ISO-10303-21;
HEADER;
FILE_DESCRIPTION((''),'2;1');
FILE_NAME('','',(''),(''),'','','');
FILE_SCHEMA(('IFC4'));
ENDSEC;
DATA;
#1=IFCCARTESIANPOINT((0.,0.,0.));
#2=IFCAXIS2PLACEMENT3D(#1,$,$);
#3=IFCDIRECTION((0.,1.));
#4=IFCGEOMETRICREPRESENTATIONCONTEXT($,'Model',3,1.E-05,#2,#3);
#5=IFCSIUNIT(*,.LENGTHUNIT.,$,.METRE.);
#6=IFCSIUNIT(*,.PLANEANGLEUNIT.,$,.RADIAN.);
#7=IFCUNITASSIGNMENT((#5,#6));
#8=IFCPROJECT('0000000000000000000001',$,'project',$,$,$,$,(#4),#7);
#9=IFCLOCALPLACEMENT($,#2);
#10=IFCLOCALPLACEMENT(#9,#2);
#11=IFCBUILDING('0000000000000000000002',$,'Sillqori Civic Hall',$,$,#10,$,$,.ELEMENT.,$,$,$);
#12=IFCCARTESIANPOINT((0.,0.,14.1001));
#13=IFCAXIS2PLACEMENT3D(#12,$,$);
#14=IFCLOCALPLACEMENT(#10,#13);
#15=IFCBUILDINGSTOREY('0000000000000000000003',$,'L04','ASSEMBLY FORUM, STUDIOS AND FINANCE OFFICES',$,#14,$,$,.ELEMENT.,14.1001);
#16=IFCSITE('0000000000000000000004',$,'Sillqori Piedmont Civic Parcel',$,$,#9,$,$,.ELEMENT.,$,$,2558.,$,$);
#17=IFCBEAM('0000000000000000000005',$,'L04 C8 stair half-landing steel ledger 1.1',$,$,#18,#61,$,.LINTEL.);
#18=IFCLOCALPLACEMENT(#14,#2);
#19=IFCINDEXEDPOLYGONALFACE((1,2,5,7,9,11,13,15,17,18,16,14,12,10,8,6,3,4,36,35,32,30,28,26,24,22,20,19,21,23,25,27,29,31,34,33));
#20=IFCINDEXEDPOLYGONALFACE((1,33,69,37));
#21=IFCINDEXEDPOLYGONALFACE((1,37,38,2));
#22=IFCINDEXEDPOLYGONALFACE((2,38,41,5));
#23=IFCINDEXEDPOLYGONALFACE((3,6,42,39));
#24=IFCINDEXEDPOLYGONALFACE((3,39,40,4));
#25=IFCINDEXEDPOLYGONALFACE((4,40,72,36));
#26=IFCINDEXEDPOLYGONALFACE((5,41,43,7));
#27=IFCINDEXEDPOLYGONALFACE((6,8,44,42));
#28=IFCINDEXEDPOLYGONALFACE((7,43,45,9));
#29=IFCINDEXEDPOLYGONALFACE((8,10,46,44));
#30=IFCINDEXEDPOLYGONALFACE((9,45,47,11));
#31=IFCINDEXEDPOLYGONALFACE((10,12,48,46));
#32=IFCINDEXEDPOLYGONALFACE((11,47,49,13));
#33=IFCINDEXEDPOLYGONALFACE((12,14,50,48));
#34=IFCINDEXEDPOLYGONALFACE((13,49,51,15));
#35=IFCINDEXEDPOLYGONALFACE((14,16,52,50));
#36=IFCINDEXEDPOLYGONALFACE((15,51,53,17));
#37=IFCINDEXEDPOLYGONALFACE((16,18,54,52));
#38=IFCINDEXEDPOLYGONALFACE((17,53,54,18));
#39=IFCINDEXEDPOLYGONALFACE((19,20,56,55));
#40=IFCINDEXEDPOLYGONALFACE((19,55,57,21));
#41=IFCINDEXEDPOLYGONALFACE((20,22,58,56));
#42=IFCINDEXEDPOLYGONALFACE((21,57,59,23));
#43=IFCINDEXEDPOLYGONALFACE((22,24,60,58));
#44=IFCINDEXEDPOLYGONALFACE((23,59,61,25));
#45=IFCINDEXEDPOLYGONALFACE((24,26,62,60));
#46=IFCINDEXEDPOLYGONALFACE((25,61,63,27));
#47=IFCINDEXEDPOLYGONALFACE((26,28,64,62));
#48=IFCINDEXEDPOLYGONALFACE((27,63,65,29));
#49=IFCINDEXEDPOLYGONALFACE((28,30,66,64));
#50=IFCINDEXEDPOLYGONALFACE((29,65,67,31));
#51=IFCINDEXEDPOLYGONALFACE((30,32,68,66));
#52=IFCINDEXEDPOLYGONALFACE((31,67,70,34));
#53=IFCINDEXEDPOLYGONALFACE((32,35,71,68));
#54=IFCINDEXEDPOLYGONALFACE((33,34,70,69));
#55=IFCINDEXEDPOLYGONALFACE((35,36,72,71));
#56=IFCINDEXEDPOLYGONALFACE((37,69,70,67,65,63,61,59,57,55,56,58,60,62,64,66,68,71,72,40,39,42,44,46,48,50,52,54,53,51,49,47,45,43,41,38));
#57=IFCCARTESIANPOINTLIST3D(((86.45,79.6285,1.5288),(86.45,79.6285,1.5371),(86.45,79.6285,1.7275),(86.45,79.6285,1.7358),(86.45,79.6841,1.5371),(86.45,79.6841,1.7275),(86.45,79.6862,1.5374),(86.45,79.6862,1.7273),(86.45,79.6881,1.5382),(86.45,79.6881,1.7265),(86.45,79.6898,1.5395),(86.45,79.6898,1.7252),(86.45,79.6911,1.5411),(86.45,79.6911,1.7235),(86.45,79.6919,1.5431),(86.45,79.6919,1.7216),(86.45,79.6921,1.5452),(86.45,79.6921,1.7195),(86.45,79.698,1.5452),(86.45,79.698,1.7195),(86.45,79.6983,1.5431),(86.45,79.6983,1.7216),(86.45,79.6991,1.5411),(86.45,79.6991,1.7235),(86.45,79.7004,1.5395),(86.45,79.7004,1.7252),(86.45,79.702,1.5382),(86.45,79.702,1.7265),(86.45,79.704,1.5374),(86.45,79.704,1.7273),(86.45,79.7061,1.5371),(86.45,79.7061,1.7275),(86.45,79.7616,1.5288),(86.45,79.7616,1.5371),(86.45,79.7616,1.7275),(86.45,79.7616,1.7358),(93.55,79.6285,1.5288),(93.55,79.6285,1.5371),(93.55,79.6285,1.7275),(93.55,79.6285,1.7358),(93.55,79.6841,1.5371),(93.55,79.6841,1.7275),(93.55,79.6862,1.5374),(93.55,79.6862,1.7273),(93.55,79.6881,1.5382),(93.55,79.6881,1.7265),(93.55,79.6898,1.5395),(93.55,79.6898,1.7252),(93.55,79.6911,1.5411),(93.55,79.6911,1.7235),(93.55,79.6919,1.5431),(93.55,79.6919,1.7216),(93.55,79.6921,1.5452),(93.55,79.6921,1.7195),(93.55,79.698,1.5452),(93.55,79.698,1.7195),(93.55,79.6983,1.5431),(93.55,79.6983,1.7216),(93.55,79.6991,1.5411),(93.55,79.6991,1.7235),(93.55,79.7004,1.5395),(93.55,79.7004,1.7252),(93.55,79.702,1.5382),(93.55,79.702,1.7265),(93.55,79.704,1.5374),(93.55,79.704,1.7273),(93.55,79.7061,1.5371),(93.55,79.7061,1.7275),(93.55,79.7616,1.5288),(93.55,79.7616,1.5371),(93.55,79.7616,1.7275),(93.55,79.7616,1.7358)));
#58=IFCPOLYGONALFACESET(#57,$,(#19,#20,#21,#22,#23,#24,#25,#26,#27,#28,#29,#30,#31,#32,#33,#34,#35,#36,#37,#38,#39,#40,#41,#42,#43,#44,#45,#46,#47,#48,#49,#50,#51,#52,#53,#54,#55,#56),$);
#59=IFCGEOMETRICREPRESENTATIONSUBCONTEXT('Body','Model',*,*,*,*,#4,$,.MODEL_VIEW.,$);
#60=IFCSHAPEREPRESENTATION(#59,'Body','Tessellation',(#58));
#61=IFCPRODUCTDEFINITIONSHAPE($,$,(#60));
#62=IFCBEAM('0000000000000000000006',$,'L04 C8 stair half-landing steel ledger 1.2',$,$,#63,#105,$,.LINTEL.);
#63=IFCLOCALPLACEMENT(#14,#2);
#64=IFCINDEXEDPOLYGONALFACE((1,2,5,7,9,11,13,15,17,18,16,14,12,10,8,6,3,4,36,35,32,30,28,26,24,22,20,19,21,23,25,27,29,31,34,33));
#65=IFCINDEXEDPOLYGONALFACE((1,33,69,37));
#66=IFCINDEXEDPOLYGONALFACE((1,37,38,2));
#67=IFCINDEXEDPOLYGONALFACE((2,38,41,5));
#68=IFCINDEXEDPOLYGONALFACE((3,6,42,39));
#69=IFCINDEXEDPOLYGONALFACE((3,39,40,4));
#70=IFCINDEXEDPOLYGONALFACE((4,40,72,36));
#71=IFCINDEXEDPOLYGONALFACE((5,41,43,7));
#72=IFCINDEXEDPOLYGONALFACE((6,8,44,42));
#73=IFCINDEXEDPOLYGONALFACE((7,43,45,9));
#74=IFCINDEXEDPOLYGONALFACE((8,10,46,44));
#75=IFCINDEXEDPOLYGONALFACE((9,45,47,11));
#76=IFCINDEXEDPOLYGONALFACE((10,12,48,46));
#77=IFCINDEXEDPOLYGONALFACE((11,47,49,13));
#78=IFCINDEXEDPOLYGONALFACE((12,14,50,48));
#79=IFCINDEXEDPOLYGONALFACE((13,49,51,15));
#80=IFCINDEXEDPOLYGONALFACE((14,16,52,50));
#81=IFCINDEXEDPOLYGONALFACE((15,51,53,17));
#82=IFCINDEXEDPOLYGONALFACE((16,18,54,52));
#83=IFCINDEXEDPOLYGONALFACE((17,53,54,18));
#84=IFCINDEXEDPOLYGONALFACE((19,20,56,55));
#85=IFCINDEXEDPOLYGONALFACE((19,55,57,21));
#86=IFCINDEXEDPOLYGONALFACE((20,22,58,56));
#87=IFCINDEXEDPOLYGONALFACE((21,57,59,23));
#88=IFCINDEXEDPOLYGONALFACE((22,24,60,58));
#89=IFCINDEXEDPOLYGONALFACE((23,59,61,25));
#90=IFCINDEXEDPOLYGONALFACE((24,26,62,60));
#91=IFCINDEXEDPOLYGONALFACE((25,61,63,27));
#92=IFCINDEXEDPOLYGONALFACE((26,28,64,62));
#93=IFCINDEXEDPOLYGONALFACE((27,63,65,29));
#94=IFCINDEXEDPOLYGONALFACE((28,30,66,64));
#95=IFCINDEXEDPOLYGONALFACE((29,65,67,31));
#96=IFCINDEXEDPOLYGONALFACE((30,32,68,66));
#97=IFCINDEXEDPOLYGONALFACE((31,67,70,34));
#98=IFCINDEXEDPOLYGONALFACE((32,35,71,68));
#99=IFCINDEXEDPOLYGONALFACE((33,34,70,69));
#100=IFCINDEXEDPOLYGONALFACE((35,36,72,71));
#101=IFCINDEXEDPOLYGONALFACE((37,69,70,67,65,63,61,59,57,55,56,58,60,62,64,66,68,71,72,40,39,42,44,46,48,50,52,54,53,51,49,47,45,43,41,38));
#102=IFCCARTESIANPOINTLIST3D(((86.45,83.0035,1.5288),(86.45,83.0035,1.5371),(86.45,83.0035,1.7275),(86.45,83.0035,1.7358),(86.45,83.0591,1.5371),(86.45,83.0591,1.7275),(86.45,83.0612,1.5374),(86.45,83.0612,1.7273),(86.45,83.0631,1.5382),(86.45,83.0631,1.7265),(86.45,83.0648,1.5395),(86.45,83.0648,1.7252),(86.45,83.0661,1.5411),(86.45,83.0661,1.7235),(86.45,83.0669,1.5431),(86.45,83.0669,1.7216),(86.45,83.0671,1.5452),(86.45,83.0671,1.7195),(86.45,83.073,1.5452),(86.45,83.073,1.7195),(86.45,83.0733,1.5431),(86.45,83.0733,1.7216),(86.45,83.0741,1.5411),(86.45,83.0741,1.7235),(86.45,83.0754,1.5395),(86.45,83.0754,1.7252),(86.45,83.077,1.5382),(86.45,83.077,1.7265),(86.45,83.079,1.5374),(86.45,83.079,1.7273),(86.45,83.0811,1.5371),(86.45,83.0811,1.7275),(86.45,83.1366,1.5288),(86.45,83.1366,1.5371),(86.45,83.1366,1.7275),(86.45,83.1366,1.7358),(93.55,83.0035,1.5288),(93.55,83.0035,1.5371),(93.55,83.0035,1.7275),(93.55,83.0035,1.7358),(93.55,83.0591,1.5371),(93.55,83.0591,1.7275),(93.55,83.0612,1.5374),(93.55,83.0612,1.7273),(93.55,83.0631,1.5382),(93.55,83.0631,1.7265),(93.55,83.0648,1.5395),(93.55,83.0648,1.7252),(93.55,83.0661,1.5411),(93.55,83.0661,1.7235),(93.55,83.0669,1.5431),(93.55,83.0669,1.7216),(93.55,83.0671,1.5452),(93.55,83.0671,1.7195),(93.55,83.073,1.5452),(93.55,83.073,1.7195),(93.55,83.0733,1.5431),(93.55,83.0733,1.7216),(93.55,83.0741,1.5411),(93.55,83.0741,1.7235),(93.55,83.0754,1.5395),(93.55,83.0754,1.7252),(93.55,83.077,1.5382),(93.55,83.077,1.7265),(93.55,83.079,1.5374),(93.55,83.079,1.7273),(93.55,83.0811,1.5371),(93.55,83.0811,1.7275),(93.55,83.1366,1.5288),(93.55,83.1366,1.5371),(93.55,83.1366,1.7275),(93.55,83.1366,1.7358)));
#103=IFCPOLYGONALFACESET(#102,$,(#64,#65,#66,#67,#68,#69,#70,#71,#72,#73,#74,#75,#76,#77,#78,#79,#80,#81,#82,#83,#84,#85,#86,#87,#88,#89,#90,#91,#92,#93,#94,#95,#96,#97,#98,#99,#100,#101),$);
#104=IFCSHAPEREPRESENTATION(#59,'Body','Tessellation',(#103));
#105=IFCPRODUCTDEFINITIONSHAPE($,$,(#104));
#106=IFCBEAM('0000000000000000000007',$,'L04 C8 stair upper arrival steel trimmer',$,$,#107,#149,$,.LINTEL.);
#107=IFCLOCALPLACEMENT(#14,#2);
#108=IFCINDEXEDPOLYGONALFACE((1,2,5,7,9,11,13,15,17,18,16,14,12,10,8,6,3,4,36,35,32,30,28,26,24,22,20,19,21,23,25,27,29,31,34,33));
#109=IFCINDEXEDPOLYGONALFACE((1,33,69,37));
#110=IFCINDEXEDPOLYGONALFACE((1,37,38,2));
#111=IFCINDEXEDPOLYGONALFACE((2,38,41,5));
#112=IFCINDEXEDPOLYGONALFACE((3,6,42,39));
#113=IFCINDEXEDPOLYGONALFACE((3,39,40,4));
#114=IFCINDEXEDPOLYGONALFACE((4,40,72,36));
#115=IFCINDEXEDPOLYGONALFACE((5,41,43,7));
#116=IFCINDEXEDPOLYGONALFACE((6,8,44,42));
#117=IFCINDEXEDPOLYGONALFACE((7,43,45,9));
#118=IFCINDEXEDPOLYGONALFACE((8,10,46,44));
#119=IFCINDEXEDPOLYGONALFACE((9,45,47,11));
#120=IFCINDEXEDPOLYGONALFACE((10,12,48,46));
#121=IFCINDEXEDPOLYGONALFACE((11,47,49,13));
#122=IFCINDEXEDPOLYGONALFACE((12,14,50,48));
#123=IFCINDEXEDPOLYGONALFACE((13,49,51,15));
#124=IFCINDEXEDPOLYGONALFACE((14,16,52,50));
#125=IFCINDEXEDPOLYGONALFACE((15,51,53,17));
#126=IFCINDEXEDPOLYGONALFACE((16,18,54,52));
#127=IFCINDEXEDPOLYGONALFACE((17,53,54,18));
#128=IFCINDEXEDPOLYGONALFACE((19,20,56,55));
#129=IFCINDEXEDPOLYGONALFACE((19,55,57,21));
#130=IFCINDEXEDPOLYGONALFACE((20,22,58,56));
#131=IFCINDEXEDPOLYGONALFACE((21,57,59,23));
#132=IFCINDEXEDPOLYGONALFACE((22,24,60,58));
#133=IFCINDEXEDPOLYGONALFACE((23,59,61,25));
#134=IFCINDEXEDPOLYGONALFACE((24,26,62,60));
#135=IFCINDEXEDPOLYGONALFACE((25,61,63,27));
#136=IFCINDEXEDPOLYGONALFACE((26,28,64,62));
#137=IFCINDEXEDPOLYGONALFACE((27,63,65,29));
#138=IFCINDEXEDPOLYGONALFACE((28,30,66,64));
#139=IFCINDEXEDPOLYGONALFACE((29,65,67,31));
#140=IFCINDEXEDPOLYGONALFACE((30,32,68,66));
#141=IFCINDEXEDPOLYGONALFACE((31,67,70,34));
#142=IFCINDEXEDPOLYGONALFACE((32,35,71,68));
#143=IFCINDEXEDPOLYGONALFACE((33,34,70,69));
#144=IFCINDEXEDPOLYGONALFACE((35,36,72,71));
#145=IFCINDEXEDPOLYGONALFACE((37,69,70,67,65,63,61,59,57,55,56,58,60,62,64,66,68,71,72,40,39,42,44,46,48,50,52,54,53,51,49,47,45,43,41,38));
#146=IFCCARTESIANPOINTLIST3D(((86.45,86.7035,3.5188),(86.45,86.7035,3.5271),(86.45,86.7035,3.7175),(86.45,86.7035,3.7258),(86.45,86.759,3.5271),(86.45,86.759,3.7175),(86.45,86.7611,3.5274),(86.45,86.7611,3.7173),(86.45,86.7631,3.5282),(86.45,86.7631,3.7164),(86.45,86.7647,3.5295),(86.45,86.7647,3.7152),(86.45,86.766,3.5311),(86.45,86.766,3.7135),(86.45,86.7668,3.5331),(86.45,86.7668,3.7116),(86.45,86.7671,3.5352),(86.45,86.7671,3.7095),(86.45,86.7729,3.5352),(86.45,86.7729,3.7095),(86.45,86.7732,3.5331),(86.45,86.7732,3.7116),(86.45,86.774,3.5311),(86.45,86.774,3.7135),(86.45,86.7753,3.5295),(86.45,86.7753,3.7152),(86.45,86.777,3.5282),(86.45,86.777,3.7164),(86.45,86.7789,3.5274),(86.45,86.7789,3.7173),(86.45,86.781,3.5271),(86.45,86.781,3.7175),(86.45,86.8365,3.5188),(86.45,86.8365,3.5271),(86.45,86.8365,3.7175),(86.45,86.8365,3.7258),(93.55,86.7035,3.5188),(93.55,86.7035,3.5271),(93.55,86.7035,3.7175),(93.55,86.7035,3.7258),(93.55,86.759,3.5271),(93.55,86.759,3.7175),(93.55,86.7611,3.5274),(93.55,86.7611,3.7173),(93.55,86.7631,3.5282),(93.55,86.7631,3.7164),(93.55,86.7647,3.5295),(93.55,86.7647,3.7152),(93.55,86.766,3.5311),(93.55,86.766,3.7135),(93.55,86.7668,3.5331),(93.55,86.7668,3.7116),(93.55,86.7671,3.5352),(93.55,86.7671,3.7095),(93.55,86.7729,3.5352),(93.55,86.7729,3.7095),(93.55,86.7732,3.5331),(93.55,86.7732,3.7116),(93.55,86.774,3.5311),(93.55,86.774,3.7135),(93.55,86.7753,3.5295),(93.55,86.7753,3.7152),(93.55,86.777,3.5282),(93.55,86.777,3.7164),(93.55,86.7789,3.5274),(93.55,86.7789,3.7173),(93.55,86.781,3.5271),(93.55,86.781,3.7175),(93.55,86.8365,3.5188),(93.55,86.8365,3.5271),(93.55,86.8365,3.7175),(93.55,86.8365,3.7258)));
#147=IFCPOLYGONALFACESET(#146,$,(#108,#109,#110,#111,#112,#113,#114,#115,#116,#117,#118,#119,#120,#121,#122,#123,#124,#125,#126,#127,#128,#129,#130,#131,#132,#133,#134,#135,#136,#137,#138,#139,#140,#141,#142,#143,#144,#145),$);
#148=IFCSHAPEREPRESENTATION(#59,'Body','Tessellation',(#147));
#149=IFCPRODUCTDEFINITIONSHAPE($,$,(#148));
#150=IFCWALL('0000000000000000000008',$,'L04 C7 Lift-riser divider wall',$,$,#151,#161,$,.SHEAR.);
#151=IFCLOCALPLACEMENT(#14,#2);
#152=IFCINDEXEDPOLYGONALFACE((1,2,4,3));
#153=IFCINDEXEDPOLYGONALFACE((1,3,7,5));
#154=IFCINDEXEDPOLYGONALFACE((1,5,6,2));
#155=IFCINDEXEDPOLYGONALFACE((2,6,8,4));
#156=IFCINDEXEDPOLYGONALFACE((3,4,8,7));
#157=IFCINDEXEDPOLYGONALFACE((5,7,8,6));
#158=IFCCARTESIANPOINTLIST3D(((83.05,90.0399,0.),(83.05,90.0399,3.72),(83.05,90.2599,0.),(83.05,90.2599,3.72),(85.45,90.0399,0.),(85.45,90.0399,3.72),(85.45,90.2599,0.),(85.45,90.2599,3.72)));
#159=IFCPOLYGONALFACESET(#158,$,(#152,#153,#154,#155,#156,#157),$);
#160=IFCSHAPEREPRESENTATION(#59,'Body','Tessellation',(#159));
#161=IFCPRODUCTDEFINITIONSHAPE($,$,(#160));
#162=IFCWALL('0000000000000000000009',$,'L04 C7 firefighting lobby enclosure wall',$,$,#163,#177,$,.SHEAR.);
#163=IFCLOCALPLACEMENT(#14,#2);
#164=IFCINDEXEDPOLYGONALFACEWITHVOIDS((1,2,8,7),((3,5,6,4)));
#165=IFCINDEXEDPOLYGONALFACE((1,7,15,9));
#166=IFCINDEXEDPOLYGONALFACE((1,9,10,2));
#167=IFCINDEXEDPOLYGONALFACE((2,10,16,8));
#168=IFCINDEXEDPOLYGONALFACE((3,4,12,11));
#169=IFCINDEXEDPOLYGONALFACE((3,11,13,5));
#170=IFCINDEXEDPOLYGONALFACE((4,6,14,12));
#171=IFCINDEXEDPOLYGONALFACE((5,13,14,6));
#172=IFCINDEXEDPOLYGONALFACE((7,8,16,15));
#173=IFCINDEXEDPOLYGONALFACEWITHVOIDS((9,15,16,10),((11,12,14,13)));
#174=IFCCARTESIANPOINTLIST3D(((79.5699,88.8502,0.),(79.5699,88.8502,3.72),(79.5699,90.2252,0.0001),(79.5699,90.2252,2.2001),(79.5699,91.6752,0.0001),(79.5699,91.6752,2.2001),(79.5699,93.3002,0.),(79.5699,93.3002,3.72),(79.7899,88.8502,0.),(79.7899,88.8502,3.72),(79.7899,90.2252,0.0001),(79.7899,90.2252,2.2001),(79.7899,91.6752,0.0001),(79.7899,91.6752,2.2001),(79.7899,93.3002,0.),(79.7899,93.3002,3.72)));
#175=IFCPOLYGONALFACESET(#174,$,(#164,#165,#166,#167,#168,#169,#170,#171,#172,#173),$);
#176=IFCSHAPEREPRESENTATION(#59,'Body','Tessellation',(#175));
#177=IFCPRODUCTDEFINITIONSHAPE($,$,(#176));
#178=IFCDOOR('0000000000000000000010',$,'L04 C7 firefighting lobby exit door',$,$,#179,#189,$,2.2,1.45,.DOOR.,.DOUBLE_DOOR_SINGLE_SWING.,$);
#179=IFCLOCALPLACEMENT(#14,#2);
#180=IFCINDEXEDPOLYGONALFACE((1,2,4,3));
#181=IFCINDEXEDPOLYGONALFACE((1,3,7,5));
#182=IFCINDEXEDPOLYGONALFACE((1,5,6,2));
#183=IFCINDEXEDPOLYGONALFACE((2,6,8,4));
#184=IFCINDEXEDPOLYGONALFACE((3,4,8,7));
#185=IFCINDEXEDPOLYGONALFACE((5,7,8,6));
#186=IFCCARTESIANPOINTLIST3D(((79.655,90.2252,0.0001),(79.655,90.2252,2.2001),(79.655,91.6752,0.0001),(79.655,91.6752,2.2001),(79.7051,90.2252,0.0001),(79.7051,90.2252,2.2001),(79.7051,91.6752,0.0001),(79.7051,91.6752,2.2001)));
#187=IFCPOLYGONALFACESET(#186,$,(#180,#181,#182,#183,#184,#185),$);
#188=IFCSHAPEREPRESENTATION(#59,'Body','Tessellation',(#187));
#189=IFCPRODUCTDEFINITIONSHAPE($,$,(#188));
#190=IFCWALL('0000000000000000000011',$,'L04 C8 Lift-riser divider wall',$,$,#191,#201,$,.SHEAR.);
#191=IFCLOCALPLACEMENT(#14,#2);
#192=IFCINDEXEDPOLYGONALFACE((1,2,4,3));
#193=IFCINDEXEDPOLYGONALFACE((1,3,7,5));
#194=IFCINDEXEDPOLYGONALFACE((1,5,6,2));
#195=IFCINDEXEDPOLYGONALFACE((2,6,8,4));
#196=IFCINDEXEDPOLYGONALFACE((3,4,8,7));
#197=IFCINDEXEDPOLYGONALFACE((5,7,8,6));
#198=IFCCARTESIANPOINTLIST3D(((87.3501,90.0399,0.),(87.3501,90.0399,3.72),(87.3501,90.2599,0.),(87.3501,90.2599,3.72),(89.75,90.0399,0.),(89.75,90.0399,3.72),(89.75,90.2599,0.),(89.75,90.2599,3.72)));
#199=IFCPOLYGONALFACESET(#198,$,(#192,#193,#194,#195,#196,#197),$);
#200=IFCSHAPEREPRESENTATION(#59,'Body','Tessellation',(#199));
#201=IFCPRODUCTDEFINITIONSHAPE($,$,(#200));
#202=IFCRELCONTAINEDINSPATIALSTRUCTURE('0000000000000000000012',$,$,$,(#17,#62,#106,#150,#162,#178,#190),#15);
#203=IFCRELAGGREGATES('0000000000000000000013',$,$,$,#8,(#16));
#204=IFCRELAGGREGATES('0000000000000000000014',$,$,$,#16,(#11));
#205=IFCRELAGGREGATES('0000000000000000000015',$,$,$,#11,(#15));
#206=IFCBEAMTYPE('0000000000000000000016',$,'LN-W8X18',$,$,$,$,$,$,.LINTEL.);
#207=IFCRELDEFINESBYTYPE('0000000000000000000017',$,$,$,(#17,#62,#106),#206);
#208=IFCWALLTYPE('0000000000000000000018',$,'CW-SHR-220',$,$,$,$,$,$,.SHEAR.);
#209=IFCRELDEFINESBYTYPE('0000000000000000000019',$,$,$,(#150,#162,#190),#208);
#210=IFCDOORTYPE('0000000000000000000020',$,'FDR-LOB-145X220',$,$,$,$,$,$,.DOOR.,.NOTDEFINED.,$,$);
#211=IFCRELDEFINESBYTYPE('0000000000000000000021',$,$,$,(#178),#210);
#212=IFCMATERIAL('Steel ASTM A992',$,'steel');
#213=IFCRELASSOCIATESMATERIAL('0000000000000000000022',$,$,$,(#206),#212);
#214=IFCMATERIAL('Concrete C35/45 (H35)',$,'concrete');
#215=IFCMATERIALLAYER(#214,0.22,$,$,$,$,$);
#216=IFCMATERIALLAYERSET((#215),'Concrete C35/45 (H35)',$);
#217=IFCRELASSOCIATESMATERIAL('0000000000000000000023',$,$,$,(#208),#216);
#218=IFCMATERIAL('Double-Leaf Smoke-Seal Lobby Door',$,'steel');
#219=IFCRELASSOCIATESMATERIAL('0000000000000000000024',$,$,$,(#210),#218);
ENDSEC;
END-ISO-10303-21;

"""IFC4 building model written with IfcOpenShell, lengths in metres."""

from ifc_helpers import new_model, si_unit, direction, frame, frame_2d, origin, origin_2d, place, context, subcontext, project, spatial, rectangle, i_section, extrude, material, layer, layer_set, material_profile, profile_set, type_object, element, fill, save


model = new_model("IFC4")

# Units and contexts
model_context = context("Model", 3, precision=1e-05, world=origin(), true_north=direction((0.0, 1.0)))
body_context = subcontext(model_context, "Body", "Model", "MODEL_VIEW")
ifc_project = project(units=[si_unit("LENGTHUNIT", "METRE"), si_unit("PLANEANGLEUNIT", "RADIAN")], contexts=[model_context])

# Site, building, storey
site_placement = place(None, origin())
site = spatial("IfcSite", under=ifc_project, at=site_placement, Name="Sillqori Piedmont Civic Parcel", CompositionType="ELEMENT", RefElevation=2558.0)
building_placement = place(site_placement, origin())
building = spatial("IfcBuilding", under=site, at=building_placement, Name="Sillqori Civic Hall", CompositionType="ELEMENT")
storey_placement = place(building_placement, frame((0.0, 0.0, 14.1001)))
storey = spatial("IfcBuildingStorey", under=building, at=storey_placement, Name="L04", Description="ASSEMBLY FORUM, STUDIOS AND FINANCE OFFICES", CompositionType="ELEMENT", Elevation=14.1001)

# Shared definitions
ifc_material_1 = material(Name="Steel ASTM A992", Category="steel")

# Beams
ifc_material_profile_1 = material_profile(ifc_material_1, i_section(OverallWidth=0.1331, OverallDepth=0.207, WebThickness=0.0059, FlangeThickness=0.0083, FilletRadius=0.0081, at=origin_2d()), Name="W8X18")
ifc_profile_set_1 = profile_set([ifc_material_profile_1], Name="Steel ASTM A992")
beam_type_1 = type_object("IfcBeamType", Name="LN-W8X18", PredefinedType="LINTEL", material=ifc_profile_set_1)
for number, where, z_axis, x_axis, name in (
    (1, (86.45, 79.6951, 1.6323), (1.0, 0.0, 0.0), (0.0, 1.0, 0.0), "L04 C8 stair half-landing steel ledger 1.1"),
    (2, (86.45, 83.0701, 1.6323), (1.0, 0.0, 0.0), (0.0, 1.0, 0.0), "L04 C8 stair half-landing steel ledger 1.2"),
    (3, (86.45, 86.77, 3.6223), (1.0, 0.0, 0.0), (0.0, 1.0, 0.0), "L04 C8 stair upper arrival steel trimmer"),
):
    element("IfcBeam", number, at=place(storey_placement, frame(where, z_axis=z_axis, x_axis=x_axis)), inside=storey, type_object=beam_type_1, Name=name, PredefinedType="LINTEL", context=body_context, shape_type="SweptSolid", body=[
        extrude(i_section(OverallWidth=0.1331, OverallDepth=0.207, WebThickness=0.0059, FlangeThickness=0.0083, FilletRadius=0.0081, at=origin_2d()), origin(), (0.0, 0.0, 1.0), 7.1001),
    ])

# Wall
ifc_material_2 = material(Name="Concrete C35/45 (H35)", Category="concrete")
ifc_layer_1 = layer(ifc_material_2, 0.22)
ifc_layer_set_1 = layer_set([ifc_layer_1], Name="Concrete C35/45 (H35)")
wall_type_1 = type_object("IfcWallType", Name="CW-SHR-220", PredefinedType="SHEAR", material=ifc_layer_set_1)
wall_1_placement = place(storey_placement, frame((83.05, 90.1499, 0.0), z_axis=(0.0, 0.0, 1.0), x_axis=(1.0, 0.0, 0.0)))
element("IfcWall", 4, at=wall_1_placement, inside=storey, type_object=wall_type_1, Name="L04 C7 Lift-riser divider wall", PredefinedType="SHEAR", context=body_context, shape_type="SweptSolid", body=[
    extrude(rectangle(XDim=2.3999, YDim=0.22, at=frame_2d((1.2, 0.0))), origin(), (0.0, 0.0, 1.0), 3.72),
])

# Wall, opening, door
wall_2_placement = place(storey_placement, frame((79.6799, 88.8501, 0.0), z_axis=(0.0, 0.0, 1.0), x_axis=(0.0, 1.0, 0.0)))
wall_2 = element("IfcWall", 5, at=wall_2_placement, inside=storey, type_object=wall_type_1, Name="L04 C7 firefighting lobby enclosure wall", PredefinedType="SHEAR", context=body_context, shape_type="SweptSolid", body=[
    extrude(rectangle(XDim=4.45, YDim=0.22, at=frame_2d((2.2251, 0.0))), origin(), (0.0, 0.0, 1.0), 3.72),
])
opening_1_placement = place(wall_2_placement, frame((1.375, 0.0, 0.0)))
opening_1 = element("IfcOpeningElement", 6, at=opening_1_placement, cuts=wall_2, PredefinedType="OPENING", context=body_context, shape_type="SweptSolid", body=[
    extrude(rectangle(XDim=1.45, YDim=2.2, at=frame_2d((0.7251, 1.1001))), frame((0.0, 0.1199, 0.0), z_axis=(0.0, -1.0, 0.0), x_axis=(1.0, 0.0, 0.0)), (0.0, 0.0, 1.0), 0.24),
])
ifc_material_3 = material(Name="Double-Leaf Smoke-Seal Lobby Door", Category="steel")
door_type_1 = type_object("IfcDoorType", Name="FDR-LOB-145X220", OperationType="NOTDEFINED", PredefinedType="DOOR", material=ifc_material_3)
door_1_placement = place(opening_1_placement, origin())
door_1 = element("IfcDoor", 7, at=door_1_placement, inside=storey, type_object=door_type_1, Name="L04 C7 firefighting lobby exit door", OperationType="DOUBLE_DOOR_SINGLE_SWING", OverallHeight=2.2, OverallWidth=1.45, PredefinedType="DOOR", context=body_context, shape_type="SweptSolid", body=[
    extrude(rectangle(XDim=1.45, YDim=2.2, at=frame_2d((0.7251, 1.1001))), frame((0.0, 0.0249, 0.0), z_axis=(0.0, -1.0, 0.0), x_axis=(1.0, 0.0, 0.0)), (0.0, 0.0, 1.0), 0.05),
])
fill(opening_1, door_1)

# Wall
wall_3_placement = place(storey_placement, frame((87.3501, 90.1499, 0.0), z_axis=(0.0, 0.0, 1.0), x_axis=(1.0, 0.0, 0.0)))
element("IfcWall", 8, at=wall_3_placement, inside=storey, type_object=wall_type_1, Name="L04 C8 Lift-riser divider wall", PredefinedType="SHEAR", context=body_context, shape_type="SweptSolid", body=[
    extrude(rectangle(XDim=2.3999, YDim=0.22, at=frame_2d((1.2, 0.0))), origin(), (0.0, 0.0, 1.0), 3.72),
])

save(model, "model.ifc")
